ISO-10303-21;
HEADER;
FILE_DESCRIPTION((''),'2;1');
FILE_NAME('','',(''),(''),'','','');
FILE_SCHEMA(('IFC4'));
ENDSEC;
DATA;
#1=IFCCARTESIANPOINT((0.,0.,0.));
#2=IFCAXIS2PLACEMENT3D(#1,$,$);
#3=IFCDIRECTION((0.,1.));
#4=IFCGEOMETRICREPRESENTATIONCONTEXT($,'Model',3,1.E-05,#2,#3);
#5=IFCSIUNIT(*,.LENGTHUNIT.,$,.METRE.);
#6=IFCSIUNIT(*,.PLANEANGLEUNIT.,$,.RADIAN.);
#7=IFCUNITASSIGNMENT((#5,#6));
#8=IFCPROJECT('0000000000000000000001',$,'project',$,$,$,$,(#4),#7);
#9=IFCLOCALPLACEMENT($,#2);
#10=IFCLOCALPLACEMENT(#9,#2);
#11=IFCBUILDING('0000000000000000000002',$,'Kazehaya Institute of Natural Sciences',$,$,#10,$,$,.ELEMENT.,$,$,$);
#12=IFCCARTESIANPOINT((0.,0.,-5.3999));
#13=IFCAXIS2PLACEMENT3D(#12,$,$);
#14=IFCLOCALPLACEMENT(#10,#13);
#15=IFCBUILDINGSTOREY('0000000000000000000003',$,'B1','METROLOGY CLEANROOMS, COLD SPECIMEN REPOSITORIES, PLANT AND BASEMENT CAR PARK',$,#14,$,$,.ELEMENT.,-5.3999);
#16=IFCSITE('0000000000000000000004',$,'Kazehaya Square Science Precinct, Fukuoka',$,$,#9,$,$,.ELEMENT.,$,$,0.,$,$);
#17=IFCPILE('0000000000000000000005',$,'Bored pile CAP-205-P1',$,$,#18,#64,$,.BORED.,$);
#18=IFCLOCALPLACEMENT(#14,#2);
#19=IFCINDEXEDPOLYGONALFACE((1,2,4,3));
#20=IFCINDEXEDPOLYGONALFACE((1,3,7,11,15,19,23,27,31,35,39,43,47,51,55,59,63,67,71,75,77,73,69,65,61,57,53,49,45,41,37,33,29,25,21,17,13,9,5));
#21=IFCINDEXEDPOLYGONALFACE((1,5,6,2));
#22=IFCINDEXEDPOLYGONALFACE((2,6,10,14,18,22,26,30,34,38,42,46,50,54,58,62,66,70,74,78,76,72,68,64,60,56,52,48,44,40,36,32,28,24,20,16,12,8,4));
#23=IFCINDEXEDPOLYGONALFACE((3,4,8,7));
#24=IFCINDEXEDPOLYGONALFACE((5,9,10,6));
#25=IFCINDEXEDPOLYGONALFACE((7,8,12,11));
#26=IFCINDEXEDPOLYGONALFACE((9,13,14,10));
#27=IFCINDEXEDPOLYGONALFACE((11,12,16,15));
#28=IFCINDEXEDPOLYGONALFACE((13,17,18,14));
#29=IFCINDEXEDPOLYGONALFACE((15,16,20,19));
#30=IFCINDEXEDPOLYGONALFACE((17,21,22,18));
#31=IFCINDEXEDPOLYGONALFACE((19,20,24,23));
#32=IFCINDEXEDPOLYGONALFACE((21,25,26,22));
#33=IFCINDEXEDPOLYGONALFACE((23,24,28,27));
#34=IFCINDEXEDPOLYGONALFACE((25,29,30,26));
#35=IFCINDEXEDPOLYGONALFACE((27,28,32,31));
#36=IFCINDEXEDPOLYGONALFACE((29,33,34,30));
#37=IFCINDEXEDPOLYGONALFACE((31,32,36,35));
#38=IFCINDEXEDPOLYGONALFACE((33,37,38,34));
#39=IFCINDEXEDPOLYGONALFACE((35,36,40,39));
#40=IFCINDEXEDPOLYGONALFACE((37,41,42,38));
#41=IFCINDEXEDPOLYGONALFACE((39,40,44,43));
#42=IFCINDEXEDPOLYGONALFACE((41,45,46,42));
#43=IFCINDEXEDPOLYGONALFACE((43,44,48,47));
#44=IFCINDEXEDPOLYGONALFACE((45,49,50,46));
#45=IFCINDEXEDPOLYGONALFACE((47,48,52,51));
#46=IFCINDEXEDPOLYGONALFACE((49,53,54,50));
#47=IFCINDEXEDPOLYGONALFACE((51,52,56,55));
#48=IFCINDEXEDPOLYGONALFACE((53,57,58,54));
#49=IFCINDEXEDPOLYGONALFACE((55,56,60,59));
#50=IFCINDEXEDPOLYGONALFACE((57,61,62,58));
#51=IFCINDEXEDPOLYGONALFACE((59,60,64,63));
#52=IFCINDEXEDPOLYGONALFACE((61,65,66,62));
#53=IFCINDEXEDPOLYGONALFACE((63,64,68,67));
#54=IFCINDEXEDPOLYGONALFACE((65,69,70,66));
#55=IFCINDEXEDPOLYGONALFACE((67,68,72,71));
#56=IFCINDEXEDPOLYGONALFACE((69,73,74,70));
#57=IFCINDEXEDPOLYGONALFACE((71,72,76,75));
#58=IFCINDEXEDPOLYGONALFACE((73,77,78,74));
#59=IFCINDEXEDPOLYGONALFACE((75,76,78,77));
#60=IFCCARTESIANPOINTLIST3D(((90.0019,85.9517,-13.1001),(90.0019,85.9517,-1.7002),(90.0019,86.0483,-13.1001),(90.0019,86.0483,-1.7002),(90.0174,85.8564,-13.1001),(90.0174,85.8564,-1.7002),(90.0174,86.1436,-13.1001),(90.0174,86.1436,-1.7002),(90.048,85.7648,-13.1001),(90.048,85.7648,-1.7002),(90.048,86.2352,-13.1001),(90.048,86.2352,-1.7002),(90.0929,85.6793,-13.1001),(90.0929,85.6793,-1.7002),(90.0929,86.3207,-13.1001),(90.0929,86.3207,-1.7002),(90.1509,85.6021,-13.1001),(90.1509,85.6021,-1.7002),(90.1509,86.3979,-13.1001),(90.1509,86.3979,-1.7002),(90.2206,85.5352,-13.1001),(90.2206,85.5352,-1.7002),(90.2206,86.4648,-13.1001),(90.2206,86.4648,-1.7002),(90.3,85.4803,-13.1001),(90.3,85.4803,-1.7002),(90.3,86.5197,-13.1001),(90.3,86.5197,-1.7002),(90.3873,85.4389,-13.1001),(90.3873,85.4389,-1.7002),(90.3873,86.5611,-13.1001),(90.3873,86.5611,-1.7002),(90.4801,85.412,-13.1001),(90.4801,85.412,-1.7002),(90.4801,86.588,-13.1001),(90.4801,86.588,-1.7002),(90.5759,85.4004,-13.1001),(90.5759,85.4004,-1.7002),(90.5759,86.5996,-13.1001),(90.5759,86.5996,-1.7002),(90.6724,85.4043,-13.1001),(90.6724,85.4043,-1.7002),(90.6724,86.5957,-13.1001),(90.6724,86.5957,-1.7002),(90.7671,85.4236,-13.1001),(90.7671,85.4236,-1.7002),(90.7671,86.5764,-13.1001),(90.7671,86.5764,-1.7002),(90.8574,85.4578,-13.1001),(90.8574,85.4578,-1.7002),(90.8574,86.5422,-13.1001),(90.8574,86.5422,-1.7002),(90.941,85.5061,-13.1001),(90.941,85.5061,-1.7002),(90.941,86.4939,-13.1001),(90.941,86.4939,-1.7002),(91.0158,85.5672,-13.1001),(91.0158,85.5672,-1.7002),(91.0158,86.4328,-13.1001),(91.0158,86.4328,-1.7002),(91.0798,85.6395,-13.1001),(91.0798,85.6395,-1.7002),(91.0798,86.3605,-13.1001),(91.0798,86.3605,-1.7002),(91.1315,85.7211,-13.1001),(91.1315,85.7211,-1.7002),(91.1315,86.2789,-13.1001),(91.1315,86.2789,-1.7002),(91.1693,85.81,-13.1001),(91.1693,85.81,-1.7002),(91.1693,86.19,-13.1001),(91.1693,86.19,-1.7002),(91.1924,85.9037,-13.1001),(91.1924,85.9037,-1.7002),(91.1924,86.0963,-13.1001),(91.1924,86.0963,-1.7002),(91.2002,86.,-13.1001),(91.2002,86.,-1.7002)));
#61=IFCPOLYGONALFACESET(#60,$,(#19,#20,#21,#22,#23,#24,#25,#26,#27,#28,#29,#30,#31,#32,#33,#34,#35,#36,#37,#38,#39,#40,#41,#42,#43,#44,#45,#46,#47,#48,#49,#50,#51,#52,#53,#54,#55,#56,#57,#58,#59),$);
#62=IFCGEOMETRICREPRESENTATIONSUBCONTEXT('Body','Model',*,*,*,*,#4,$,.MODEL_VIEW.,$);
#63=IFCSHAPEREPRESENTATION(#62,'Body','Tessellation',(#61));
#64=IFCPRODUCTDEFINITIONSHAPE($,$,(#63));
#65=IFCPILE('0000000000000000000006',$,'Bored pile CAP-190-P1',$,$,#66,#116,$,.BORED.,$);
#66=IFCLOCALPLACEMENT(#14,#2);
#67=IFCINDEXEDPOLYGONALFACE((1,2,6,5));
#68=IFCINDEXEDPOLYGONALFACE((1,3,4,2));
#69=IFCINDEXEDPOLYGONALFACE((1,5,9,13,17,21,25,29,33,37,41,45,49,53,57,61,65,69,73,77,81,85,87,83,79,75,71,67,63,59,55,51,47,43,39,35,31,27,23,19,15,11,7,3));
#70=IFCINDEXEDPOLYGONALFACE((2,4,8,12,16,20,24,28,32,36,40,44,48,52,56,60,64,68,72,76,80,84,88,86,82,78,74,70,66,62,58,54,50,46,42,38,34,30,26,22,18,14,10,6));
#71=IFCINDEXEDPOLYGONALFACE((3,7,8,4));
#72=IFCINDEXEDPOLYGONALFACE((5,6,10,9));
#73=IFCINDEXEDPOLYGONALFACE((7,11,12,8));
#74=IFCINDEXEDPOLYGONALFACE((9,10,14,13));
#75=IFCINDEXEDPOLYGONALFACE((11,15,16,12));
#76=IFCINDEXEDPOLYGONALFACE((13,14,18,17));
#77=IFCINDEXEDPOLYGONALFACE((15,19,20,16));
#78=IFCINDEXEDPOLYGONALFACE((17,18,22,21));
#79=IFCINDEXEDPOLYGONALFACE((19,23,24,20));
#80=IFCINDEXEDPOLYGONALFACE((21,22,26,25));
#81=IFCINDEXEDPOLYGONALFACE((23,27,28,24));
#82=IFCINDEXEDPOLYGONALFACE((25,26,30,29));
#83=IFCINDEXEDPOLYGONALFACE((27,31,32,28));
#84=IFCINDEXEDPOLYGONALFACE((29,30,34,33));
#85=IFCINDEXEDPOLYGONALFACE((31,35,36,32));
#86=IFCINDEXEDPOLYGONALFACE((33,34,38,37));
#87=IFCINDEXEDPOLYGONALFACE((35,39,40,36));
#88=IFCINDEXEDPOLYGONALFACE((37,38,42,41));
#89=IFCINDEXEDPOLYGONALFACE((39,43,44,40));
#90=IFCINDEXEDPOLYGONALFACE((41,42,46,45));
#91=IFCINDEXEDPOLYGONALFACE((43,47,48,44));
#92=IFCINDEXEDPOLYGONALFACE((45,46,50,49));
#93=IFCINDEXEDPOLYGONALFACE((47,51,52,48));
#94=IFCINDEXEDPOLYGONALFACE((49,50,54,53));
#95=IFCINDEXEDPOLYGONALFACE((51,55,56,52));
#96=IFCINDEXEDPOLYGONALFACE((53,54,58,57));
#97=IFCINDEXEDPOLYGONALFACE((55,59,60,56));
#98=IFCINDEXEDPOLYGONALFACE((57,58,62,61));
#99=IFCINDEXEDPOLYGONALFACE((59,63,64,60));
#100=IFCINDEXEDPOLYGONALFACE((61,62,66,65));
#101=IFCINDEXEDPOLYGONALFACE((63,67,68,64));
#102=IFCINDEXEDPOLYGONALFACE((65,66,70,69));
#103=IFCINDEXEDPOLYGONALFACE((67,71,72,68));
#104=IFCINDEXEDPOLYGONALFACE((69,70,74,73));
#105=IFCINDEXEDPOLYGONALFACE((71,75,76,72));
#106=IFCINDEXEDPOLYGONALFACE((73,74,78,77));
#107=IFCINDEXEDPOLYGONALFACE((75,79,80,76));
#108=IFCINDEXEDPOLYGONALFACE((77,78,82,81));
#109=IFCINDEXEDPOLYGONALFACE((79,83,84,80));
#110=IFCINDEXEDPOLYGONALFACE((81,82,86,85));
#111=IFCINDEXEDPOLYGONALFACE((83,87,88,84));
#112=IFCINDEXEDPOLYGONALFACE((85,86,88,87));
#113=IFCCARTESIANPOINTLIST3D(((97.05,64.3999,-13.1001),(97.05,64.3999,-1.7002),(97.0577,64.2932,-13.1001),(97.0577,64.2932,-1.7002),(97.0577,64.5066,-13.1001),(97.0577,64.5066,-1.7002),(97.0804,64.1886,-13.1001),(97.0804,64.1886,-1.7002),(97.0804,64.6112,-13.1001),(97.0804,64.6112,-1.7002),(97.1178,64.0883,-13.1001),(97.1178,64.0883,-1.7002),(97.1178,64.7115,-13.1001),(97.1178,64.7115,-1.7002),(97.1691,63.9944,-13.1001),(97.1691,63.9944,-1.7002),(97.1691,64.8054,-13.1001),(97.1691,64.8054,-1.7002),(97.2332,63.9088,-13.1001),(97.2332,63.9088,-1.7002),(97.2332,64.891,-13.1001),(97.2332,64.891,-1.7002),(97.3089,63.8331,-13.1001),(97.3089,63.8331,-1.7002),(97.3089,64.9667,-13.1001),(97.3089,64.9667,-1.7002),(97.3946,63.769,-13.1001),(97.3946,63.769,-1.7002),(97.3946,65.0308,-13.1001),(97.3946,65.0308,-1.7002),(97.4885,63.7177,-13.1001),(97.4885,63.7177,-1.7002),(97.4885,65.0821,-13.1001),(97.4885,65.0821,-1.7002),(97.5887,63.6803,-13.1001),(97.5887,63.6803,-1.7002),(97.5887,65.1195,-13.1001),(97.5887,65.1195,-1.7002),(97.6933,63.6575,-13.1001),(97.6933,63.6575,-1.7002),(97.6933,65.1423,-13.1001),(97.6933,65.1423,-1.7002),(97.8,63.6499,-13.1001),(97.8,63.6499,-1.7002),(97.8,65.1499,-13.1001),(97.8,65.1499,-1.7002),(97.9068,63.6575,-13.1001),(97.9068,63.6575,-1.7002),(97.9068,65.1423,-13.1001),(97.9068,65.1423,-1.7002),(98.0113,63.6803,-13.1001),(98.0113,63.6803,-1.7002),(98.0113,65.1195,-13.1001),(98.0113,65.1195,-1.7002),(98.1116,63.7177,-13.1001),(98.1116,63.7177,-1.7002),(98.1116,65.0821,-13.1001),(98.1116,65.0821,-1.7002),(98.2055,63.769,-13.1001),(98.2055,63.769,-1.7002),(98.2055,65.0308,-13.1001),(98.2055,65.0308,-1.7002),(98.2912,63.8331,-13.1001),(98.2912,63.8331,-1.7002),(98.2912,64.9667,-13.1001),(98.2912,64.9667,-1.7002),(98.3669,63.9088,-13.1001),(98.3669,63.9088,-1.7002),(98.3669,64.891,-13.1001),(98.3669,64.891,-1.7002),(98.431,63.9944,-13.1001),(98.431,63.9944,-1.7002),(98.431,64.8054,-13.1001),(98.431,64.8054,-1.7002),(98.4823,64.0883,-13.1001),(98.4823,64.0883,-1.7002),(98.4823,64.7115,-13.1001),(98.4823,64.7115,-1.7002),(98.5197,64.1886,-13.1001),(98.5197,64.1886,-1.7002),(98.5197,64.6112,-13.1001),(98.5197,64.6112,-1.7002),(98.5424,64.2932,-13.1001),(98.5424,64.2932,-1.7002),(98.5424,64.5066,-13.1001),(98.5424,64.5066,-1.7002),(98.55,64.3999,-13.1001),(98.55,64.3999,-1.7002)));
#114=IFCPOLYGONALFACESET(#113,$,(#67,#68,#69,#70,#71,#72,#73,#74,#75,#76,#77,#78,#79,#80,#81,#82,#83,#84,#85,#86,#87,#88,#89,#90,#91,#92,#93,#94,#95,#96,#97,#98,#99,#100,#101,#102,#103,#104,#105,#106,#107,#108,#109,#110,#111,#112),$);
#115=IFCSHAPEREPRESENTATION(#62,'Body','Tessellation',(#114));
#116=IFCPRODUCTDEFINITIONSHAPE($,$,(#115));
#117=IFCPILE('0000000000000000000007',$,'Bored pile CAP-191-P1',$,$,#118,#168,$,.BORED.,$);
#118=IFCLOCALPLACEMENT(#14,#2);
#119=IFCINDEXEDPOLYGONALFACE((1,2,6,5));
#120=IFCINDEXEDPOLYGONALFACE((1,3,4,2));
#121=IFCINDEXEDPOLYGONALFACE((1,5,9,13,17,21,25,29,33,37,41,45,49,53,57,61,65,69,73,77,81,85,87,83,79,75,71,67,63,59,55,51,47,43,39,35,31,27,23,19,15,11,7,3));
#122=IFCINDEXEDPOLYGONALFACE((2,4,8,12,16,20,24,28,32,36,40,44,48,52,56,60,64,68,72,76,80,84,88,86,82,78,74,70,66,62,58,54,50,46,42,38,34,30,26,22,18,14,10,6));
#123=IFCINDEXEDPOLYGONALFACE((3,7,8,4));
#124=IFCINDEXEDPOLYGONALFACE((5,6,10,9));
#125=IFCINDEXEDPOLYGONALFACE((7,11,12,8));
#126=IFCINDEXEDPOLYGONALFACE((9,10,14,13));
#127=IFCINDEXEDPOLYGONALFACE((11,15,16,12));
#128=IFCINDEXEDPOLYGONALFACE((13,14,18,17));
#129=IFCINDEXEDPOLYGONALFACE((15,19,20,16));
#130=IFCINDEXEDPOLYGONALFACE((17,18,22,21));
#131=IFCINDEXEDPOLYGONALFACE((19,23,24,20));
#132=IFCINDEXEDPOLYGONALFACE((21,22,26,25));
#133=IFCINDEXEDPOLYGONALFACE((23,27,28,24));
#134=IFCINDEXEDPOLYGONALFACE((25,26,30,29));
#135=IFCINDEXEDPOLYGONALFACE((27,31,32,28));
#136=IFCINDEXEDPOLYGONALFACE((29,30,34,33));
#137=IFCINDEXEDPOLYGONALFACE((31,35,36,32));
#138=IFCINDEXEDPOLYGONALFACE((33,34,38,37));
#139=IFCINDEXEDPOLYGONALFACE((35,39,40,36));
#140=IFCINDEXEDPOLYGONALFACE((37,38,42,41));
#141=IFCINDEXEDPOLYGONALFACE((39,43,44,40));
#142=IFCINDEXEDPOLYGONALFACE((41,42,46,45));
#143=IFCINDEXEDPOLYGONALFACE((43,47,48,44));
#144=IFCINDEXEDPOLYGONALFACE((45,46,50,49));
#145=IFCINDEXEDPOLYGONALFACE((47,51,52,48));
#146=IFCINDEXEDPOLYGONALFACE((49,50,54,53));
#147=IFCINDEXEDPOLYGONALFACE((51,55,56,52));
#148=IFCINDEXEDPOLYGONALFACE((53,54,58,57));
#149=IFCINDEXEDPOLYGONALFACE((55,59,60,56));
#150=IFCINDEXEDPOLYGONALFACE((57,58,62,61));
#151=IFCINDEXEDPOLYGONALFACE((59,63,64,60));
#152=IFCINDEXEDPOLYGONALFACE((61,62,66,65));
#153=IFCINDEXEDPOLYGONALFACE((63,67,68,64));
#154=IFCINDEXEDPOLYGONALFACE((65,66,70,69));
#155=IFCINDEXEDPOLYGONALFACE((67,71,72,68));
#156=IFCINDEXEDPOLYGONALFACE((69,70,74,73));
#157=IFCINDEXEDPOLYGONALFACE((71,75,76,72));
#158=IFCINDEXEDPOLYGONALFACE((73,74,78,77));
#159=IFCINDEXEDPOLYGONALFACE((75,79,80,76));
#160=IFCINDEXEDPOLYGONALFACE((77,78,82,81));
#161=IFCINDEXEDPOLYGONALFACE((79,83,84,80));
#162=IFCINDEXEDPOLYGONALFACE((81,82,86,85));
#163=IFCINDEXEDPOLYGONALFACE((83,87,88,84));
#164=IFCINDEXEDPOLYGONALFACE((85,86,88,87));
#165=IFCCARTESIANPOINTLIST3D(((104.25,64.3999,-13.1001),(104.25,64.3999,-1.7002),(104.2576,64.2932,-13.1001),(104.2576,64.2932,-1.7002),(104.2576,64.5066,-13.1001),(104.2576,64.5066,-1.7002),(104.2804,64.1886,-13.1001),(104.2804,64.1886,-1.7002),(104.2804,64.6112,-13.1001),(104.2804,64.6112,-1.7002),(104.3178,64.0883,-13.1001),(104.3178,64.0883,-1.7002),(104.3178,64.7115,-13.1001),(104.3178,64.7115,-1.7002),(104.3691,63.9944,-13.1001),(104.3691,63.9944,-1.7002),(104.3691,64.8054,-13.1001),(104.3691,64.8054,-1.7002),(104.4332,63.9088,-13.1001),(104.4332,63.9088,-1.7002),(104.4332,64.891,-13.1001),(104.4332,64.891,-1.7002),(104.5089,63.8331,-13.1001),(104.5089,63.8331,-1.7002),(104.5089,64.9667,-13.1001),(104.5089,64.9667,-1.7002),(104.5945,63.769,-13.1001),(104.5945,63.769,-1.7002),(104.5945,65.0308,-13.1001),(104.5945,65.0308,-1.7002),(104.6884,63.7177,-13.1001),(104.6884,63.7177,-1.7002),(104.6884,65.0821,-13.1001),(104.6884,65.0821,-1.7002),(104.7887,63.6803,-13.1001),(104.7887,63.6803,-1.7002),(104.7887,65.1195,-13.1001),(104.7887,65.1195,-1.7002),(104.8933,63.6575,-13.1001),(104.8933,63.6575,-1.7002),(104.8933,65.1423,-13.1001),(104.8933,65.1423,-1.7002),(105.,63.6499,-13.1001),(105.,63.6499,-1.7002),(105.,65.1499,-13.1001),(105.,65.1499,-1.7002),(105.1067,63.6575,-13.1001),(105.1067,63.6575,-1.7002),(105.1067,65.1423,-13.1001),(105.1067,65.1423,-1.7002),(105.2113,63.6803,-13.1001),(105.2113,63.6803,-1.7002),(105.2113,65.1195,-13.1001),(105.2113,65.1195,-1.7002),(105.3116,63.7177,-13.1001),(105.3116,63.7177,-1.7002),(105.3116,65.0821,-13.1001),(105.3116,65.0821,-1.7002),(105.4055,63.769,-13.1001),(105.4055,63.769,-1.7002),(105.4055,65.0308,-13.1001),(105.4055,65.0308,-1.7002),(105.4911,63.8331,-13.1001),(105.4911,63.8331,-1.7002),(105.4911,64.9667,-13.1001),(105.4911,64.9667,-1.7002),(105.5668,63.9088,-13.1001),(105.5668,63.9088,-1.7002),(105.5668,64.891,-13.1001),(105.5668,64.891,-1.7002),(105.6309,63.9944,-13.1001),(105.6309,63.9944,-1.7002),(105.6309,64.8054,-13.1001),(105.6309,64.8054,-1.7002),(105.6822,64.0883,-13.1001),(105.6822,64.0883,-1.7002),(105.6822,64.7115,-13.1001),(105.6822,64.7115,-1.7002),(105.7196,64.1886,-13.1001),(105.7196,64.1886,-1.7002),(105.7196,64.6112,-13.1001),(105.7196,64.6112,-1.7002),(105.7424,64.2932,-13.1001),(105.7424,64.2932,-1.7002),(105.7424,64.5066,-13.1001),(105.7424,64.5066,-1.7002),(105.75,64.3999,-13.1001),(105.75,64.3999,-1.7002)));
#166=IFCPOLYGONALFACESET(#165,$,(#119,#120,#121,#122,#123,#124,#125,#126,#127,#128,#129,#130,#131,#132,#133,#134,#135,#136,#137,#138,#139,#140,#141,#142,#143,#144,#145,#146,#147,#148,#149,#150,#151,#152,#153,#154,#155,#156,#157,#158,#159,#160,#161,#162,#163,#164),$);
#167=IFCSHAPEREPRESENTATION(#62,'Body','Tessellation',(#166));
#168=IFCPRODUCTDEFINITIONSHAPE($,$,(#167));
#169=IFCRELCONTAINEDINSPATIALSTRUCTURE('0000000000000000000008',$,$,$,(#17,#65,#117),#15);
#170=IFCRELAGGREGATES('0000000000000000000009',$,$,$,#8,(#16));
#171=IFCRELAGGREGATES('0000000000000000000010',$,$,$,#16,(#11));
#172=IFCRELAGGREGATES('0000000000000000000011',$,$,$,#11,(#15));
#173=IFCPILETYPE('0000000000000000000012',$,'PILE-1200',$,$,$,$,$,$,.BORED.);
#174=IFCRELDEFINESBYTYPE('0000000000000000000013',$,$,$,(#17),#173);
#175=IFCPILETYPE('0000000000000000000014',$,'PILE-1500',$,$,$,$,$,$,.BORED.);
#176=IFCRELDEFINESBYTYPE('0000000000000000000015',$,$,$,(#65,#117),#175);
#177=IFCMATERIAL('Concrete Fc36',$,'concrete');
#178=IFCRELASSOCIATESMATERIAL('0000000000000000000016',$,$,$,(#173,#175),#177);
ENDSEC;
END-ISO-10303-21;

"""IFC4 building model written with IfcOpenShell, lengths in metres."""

from ifc_helpers import new_model, si_unit, direction, frame, origin, origin_2d, place, context, subcontext, project, spatial, circle, extrude, material, material_profile, profile_set, type_object, element, save


model = new_model("IFC4")

# Units and contexts
model_context = context("Model", 3, precision=1e-05, world=origin(), true_north=direction((0.0, 1.0)))
body_context = subcontext(model_context, "Body", "Model", "MODEL_VIEW")
ifc_project = project(units=[si_unit("LENGTHUNIT", "METRE"), si_unit("PLANEANGLEUNIT", "RADIAN")], contexts=[model_context])

# Site, building, storey
site_placement = place(None, origin())
site = spatial("IfcSite", under=ifc_project, at=site_placement, Name="Kazehaya Square Science Precinct, Fukuoka", CompositionType="ELEMENT", RefElevation=0.0)
building_placement = place(site_placement, origin())
building = spatial("IfcBuilding", under=site, at=building_placement, Name="Kazehaya Institute of Natural Sciences", CompositionType="ELEMENT")
storey_placement = place(building_placement, frame((0.0, 0.0, -5.3999)))
storey = spatial("IfcBuildingStorey", under=building, at=storey_placement, Name="B1", Description="METROLOGY CLEANROOMS, COLD SPECIMEN REPOSITORIES, PLANT AND BASEMENT CAR PARK", CompositionType="ELEMENT", Elevation=-5.3999)

# Shared definitions
ifc_material_1 = material(Name="Concrete Fc36", Category="concrete")

# Piles
ifc_material_profile_1 = material_profile(ifc_material_1, circle(Radius=0.6001, at=origin_2d()), Name="PILE-1200")
ifc_profile_set_1 = profile_set([ifc_material_profile_1], Name="Concrete Fc36")
pile_type_1 = type_object("IfcPileType", Name="PILE-1200", PredefinedType="BORED", material=ifc_profile_set_1)
for number, where, z_axis, x_axis, name in (
    (1, (90.6001, 86.0, -1.7002), (0.0, 0.0, -1.0), (1.0, 0.0, 0.0), "Bored pile CAP-205-P1"),
):
    element("IfcPile", number, at=place(storey_placement, frame(where, z_axis=z_axis, x_axis=x_axis)), inside=storey, type_object=pile_type_1, Name=name, PredefinedType="BORED", context=body_context, shape_type="SweptSolid", body=[
        extrude(circle(Radius=0.6001, at=origin_2d()), origin(), (0.0, 0.0, 1.0), 11.3999),
    ])
ifc_material_profile_2 = material_profile(ifc_material_1, circle(Radius=0.75, at=origin_2d()), Name="PILE-1500")
ifc_profile_set_2 = profile_set([ifc_material_profile_2], Name="Concrete Fc36")
pile_type_2 = type_object("IfcPileType", Name="PILE-1500", PredefinedType="BORED", material=ifc_profile_set_2)
for number, where, z_axis, x_axis, name in (
    (2, (97.8, 64.3999, -1.7002), (0.0, 0.0, -1.0), (1.0, 0.0, 0.0), "Bored pile CAP-190-P1"),
    (3, (105.0, 64.3999, -1.7002), (0.0, 0.0, -1.0), (1.0, 0.0, 0.0), "Bored pile CAP-191-P1"),
):
    element("IfcPile", number, at=place(storey_placement, frame(where, z_axis=z_axis, x_axis=x_axis)), inside=storey, type_object=pile_type_2, Name=name, PredefinedType="BORED", context=body_context, shape_type="SweptSolid", body=[
        extrude(circle(Radius=0.75, at=origin_2d()), origin(), (0.0, 0.0, 1.0), 11.3999),
    ])

save(model, "model.ifc")
